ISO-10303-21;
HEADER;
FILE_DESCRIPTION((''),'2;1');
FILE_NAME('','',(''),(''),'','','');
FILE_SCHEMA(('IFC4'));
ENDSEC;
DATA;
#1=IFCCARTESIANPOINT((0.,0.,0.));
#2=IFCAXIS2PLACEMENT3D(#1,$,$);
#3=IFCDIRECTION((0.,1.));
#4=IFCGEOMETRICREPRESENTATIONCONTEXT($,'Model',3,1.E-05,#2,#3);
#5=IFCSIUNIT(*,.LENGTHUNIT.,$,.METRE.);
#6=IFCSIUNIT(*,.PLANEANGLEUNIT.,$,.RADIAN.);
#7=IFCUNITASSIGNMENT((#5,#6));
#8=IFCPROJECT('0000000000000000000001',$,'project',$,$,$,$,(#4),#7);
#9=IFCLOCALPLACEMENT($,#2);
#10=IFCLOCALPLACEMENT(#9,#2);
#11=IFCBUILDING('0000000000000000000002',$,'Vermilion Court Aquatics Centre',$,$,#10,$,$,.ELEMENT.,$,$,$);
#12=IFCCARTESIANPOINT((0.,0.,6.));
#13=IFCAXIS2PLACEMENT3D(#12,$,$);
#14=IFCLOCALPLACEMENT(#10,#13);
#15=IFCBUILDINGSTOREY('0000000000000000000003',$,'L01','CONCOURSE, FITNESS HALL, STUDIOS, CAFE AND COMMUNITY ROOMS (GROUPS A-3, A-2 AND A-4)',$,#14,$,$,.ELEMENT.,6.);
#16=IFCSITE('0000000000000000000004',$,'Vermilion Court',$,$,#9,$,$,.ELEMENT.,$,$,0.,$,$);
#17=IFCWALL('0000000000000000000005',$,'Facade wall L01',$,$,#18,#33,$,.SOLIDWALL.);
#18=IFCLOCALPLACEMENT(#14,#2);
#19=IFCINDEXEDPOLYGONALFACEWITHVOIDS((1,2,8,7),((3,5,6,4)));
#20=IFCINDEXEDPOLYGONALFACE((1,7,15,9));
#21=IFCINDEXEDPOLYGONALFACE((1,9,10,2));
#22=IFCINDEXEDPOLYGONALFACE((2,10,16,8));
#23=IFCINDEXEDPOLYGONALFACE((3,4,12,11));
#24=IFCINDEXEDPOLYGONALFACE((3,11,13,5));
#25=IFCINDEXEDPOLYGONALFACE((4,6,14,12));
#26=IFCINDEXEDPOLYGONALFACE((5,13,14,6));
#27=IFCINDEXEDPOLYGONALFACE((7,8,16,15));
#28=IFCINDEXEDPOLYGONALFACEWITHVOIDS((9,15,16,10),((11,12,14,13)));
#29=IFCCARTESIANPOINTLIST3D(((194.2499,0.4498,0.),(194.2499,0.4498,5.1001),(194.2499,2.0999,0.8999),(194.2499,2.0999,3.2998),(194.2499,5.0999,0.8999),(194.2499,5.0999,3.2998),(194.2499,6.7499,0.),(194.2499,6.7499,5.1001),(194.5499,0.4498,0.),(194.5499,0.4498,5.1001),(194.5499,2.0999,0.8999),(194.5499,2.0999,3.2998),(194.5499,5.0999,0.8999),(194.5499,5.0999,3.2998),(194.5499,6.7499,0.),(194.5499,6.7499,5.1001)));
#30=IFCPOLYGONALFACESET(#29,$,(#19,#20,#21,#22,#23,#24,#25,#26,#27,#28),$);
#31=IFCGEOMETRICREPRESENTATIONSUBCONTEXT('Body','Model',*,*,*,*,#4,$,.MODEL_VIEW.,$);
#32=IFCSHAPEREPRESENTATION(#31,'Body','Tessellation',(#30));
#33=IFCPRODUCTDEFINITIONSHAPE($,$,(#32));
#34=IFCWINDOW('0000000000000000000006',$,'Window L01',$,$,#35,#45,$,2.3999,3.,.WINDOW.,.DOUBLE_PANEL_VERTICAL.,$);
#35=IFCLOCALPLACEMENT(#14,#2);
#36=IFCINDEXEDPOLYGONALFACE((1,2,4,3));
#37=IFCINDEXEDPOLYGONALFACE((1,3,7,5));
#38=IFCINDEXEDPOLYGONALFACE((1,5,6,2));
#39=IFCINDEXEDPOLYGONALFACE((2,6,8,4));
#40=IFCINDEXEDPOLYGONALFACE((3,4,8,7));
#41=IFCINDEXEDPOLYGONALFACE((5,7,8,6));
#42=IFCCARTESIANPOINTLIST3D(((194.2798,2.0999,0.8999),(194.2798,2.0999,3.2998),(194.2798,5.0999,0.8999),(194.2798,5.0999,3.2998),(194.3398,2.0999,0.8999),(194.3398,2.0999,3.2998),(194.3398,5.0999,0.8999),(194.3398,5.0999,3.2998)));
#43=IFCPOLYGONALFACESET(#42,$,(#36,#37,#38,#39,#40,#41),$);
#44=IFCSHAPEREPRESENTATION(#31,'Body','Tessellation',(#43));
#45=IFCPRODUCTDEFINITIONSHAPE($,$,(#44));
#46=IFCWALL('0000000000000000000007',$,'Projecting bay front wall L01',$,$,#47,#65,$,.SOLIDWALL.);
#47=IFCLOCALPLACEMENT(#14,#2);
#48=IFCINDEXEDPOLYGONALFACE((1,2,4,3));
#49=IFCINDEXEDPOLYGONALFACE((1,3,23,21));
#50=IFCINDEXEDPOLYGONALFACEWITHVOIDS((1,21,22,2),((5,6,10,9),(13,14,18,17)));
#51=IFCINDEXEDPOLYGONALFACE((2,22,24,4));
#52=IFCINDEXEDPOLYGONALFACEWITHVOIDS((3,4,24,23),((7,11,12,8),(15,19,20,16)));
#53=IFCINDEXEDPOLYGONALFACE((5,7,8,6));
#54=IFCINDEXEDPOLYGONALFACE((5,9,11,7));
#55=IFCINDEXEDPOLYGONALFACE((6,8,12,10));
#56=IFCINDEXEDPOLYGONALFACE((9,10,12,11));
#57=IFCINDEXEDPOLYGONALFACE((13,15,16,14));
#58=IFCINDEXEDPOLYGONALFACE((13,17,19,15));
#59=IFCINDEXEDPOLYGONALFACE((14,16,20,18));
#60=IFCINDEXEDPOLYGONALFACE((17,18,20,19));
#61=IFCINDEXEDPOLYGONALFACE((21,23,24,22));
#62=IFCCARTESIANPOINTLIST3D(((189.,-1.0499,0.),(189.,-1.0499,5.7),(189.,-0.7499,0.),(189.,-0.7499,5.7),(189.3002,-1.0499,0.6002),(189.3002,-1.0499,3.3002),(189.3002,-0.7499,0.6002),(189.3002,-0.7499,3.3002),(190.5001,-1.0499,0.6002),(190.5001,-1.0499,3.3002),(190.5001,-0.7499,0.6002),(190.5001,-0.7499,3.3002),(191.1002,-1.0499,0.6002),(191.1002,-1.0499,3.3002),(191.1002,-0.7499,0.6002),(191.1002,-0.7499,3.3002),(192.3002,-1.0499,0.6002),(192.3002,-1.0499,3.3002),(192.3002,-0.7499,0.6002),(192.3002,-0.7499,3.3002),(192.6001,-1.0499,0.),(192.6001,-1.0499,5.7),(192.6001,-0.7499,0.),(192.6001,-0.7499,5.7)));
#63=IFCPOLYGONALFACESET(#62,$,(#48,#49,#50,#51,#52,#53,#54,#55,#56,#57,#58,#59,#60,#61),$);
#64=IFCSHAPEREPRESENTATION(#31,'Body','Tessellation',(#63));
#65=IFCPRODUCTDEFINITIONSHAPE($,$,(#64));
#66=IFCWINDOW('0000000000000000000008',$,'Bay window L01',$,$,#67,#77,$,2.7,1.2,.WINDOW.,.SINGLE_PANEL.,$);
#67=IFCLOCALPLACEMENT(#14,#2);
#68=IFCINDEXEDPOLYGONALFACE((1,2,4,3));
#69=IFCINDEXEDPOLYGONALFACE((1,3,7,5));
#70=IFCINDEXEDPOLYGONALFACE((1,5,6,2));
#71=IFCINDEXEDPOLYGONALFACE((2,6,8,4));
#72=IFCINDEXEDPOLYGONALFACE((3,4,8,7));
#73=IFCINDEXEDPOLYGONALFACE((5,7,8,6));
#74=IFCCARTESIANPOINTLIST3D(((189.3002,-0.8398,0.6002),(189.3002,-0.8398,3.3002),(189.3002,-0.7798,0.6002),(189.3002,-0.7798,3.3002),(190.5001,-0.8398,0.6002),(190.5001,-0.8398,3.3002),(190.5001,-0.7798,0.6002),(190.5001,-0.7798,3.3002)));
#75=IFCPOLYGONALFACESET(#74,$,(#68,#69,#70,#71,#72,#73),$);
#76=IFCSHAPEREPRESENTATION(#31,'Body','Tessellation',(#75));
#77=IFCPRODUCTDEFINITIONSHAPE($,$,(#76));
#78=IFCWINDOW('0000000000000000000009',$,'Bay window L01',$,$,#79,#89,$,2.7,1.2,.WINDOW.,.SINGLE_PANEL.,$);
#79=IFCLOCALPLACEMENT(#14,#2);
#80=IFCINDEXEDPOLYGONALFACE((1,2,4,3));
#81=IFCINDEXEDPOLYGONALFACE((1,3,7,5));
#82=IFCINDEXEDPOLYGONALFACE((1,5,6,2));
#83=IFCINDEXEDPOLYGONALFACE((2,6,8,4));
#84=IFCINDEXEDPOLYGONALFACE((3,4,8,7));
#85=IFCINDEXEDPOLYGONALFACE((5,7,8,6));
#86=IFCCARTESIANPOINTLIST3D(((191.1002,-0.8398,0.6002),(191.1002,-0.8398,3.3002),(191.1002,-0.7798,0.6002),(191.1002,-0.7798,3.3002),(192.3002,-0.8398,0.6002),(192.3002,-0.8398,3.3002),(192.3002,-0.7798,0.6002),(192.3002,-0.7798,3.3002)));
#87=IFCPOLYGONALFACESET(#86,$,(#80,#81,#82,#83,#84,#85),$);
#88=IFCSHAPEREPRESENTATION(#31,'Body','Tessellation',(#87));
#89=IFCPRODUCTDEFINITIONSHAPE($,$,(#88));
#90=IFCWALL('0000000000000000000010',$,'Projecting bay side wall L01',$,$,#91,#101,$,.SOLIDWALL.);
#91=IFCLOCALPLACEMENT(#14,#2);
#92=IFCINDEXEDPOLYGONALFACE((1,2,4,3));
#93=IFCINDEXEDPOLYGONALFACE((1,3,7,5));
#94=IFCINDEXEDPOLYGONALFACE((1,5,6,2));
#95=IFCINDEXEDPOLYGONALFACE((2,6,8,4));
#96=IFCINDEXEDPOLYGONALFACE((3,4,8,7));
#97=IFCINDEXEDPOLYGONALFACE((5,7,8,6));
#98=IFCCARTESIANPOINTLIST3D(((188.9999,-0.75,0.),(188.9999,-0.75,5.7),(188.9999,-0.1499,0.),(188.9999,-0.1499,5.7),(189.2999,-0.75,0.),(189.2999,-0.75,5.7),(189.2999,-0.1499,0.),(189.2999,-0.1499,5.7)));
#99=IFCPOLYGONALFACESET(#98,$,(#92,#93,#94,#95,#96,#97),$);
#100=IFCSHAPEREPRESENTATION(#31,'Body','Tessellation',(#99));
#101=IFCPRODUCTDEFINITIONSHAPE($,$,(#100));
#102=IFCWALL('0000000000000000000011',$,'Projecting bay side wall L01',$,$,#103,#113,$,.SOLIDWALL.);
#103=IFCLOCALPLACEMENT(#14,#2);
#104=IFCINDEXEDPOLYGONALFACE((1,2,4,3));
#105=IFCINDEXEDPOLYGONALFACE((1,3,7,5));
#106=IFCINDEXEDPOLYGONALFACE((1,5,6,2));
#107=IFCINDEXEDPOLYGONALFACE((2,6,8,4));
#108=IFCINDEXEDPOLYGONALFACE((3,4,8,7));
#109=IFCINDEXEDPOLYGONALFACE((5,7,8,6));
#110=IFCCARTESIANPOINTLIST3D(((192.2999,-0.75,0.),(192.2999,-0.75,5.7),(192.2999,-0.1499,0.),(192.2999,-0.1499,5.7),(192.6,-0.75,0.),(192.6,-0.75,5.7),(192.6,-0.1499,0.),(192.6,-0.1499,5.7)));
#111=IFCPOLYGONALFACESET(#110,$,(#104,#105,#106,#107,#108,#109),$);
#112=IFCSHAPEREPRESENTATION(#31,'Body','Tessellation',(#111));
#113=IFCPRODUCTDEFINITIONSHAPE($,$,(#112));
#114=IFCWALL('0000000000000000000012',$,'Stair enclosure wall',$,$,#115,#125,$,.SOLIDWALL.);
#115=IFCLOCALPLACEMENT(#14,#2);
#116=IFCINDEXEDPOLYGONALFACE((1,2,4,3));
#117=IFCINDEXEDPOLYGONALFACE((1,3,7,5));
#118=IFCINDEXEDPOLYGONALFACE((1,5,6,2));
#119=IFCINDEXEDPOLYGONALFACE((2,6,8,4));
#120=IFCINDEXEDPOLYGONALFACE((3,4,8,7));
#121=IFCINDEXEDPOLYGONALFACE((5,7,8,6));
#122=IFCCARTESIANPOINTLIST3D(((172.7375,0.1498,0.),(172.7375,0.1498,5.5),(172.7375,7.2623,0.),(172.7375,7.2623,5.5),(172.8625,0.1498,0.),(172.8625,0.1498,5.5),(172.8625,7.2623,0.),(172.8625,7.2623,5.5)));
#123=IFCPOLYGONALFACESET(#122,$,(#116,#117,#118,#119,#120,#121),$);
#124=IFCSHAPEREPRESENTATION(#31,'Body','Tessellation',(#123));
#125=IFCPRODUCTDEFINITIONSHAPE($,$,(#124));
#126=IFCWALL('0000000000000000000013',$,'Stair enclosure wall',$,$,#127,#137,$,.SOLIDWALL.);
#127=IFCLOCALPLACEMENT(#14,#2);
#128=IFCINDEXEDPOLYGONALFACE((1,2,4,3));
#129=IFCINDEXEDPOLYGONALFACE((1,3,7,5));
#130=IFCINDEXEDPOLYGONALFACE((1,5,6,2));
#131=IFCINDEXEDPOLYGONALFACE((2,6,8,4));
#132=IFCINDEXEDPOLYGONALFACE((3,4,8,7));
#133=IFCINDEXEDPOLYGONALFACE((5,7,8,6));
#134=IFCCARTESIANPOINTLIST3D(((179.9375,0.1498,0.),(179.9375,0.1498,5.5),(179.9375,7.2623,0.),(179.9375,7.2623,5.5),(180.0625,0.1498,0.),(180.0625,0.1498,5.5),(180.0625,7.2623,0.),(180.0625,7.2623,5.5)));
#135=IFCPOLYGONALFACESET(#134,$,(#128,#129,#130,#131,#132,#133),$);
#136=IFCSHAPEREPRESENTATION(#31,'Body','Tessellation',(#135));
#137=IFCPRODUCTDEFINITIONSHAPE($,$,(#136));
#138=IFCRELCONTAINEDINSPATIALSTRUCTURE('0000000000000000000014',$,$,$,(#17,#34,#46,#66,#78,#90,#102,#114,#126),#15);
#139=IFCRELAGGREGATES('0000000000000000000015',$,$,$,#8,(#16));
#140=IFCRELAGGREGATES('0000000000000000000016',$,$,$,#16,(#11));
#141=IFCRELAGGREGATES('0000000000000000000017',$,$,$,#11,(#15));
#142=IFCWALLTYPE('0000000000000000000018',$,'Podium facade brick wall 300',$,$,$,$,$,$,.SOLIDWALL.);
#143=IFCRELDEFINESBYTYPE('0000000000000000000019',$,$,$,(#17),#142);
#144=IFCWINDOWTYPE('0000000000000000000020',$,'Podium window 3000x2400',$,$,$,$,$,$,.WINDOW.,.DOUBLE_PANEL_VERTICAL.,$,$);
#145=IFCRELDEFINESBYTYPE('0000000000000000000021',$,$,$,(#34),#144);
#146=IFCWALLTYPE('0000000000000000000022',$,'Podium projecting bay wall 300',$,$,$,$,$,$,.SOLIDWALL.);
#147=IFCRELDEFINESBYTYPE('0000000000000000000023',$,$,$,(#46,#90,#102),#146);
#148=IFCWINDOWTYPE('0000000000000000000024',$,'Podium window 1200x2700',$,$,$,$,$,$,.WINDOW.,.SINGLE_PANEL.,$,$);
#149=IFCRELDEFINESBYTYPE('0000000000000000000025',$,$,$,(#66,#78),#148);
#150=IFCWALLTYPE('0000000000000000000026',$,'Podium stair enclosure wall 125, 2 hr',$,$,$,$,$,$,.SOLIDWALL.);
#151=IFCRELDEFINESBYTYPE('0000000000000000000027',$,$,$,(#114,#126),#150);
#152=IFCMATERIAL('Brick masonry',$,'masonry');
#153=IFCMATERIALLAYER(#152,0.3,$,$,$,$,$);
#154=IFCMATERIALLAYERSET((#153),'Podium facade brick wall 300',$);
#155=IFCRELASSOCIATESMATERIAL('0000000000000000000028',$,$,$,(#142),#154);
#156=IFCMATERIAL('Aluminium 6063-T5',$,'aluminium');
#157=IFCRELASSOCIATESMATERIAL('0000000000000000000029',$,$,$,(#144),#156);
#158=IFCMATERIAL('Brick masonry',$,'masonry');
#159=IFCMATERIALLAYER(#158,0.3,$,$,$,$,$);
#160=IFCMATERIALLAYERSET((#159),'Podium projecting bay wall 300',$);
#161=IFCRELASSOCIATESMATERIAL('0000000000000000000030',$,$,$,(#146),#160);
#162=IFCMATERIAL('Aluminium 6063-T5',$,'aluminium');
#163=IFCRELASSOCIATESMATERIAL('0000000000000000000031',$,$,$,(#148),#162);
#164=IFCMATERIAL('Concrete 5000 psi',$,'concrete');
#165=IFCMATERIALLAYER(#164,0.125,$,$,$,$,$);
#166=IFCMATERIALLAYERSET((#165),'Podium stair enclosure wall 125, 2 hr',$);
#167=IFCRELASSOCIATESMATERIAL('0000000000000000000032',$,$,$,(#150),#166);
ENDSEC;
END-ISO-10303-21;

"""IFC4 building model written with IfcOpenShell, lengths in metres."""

from ifc_helpers import new_model, si_unit, direction, frame, frame_2d, origin, place, context, subcontext, project, spatial, rectangle, extrude, material, layer, layer_set, type_object, element, fill, save


model = new_model("IFC4")

# Units and contexts
model_context = context("Model", 3, precision=1e-05, world=origin(), true_north=direction((0.0, 1.0)))
body_context = subcontext(model_context, "Body", "Model", "MODEL_VIEW")
ifc_project = project(units=[si_unit("LENGTHUNIT", "METRE"), si_unit("PLANEANGLEUNIT", "RADIAN")], contexts=[model_context])

# Site, building, storey
site_placement = place(None, origin())
site = spatial("IfcSite", under=ifc_project, at=site_placement, Name="Vermilion Court", CompositionType="ELEMENT", RefElevation=0.0)
building_placement = place(site_placement, origin())
building = spatial("IfcBuilding", under=site, at=building_placement, Name="Vermilion Court Aquatics Centre", CompositionType="ELEMENT")
storey_placement = place(building_placement, frame((0.0, 0.0, 6.0)))
storey = spatial("IfcBuildingStorey", under=building, at=storey_placement, Name="L01", Description="CONCOURSE, FITNESS HALL, STUDIOS, CAFE AND COMMUNITY ROOMS (GROUPS A-3, A-2 AND A-4)", CompositionType="ELEMENT", Elevation=6.0)

# Shared definitions
ifc_material_1 = material(Name="Brick masonry", Category="masonry")
ifc_layer_1 = layer(ifc_material_1, 0.3)
ifc_layer_set_1 = layer_set([ifc_layer_1], Name="Podium facade brick wall 300")
wall_type_1 = type_object("IfcWallType", Name="Podium facade brick wall 300", PredefinedType="SOLIDWALL", material=ifc_layer_set_1)

# Shared definitions
ifc_material_2 = material(Name="Aluminium 6063-T5", Category="aluminium")
window_type_1 = type_object("IfcWindowType", Name="Podium window 3000x2400", PartitioningType="DOUBLE_PANEL_VERTICAL", PredefinedType="WINDOW", material=ifc_material_2)

# Wall, opening, window
wall_1_placement = place(storey_placement, frame((194.3999, 0.45, 0.0), z_axis=(0.0, 0.0, 1.0), x_axis=(0.0, 1.0, 0.0)))
wall_1 = element("IfcWall", 1, at=wall_1_placement, inside=storey, type_object=wall_type_1, Name="Facade wall L01", PredefinedType="SOLIDWALL", context=body_context, shape_type="SweptSolid", body=[
    extrude(rectangle(XDim=6.3, YDim=0.3, at=frame_2d((3.1499, 0.0))), origin(), (0.0, 0.0, 1.0), 5.1001),
])
opening_1_placement = place(wall_1_placement, frame((1.6499, 0.0, 0.8999)))
opening_1 = element("IfcOpeningElement", 2, at=opening_1_placement, cuts=wall_1, PredefinedType="OPENING", context=body_context, shape_type="SweptSolid", body=[
    extrude(rectangle(XDim=3.0, YDim=2.3999, at=frame_2d((1.5, 1.2))), frame((0.0, 0.1599, 0.0), z_axis=(0.0, -1.0, 0.0), x_axis=(1.0, 0.0, 0.0)), (0.0, 0.0, 1.0), 0.3201),
])
window_1_placement = place(opening_1_placement, origin())
window_1 = element("IfcWindow", 3, at=window_1_placement, inside=storey, type_object=window_type_1, Name="Window L01", OverallHeight=2.3999, OverallWidth=3.0, PartitioningType="DOUBLE_PANEL_VERTICAL", PredefinedType="WINDOW", context=body_context, shape_type="SweptSolid", body=[
    extrude(rectangle(XDim=3.0, YDim=2.3999, at=frame_2d((1.5, 1.2))), frame((0.0, 0.1201, 0.0), z_axis=(0.0, -1.0, 0.0), x_axis=(1.0, 0.0, 0.0)), (0.0, 0.0, 1.0), 0.0601),
])
fill(opening_1, window_1)

# Wall, openings, windows
ifc_material_3 = material(Name="Brick masonry", Category="masonry")
ifc_layer_2 = layer(ifc_material_3, 0.3)
ifc_layer_set_2 = layer_set([ifc_layer_2], Name="Podium projecting bay wall 300")
wall_type_2 = type_object("IfcWallType", Name="Podium projecting bay wall 300", PredefinedType="SOLIDWALL", material=ifc_layer_set_2)
wall_2_placement = place(storey_placement, frame((189.0, -0.8999, 0.0), z_axis=(0.0, 0.0, 1.0), x_axis=(1.0, 0.0, 0.0)))
wall_2 = element("IfcWall", 4, at=wall_2_placement, inside=storey, type_object=wall_type_2, Name="Projecting bay front wall L01", PredefinedType="SOLIDWALL", context=body_context, shape_type="SweptSolid", body=[
    extrude(rectangle(XDim=3.6001, YDim=0.3, at=frame_2d((1.8, 0.0))), origin(), (0.0, 0.0, 1.0), 5.7),
])
opening_2_placement = place(wall_2_placement, frame((0.3, 0.0, 0.6001)))
opening_2 = element("IfcOpeningElement", 5, at=opening_2_placement, cuts=wall_2, PredefinedType="OPENING", context=body_context, shape_type="SweptSolid", body=[
    extrude(rectangle(XDim=1.2, YDim=2.7, at=frame_2d((0.6001, 1.3501))), frame((0.0, 0.1599, 0.0), z_axis=(0.0, -1.0, 0.0), x_axis=(1.0, 0.0, 0.0)), (0.0, 0.0, 1.0), 0.3201),
])
opening_3_placement = place(wall_2_placement, frame((2.1001, 0.0, 0.6001)))
opening_3 = element("IfcOpeningElement", 6, at=opening_3_placement, cuts=wall_2, PredefinedType="OPENING", context=body_context, shape_type="SweptSolid", body=[
    extrude(rectangle(XDim=1.2, YDim=2.7, at=frame_2d((0.6001, 1.3501))), frame((0.0, 0.1599, 0.0), z_axis=(0.0, -1.0, 0.0), x_axis=(1.0, 0.0, 0.0)), (0.0, 0.0, 1.0), 0.3201),
])
ifc_material_4 = material(Name="Aluminium 6063-T5", Category="aluminium")
window_type_2 = type_object("IfcWindowType", Name="Podium window 1200x2700", PartitioningType="SINGLE_PANEL", PredefinedType="WINDOW", material=ifc_material_4)
window_2_placement = place(opening_2_placement, origin())
window_2 = element("IfcWindow", 7, at=window_2_placement, inside=storey, type_object=window_type_2, Name="Bay window L01", OverallHeight=2.7, OverallWidth=1.2, PartitioningType="SINGLE_PANEL", PredefinedType="WINDOW", context=body_context, shape_type="SweptSolid", body=[
    extrude(rectangle(XDim=1.2, YDim=2.7, at=frame_2d((0.6001, 1.3501))), frame((0.0, 0.1201, 0.0), z_axis=(0.0, -1.0, 0.0), x_axis=(1.0, 0.0, 0.0)), (0.0, 0.0, 1.0), 0.0601),
])
fill(opening_2, window_2)
window_3_placement = place(opening_3_placement, origin())
window_3 = element("IfcWindow", 8, at=window_3_placement, inside=storey, type_object=window_type_2, Name="Bay window L01", OverallHeight=2.7, OverallWidth=1.2, PartitioningType="SINGLE_PANEL", PredefinedType="WINDOW", context=body_context, shape_type="SweptSolid", body=[
    extrude(rectangle(XDim=1.2, YDim=2.7, at=frame_2d((0.6001, 1.3501))), frame((0.0, 0.1201, 0.0), z_axis=(0.0, -1.0, 0.0), x_axis=(1.0, 0.0, 0.0)), (0.0, 0.0, 1.0), 0.0601),
])
fill(opening_3, window_3)

# Walls
for number, where, z_axis, x_axis, name in (
    (9, (189.1499, -0.75, 0.0), (0.0, 0.0, 1.0), (0.0, 1.0, 0.0), "Projecting bay side wall L01"),
    (10, (192.45, -0.75, 0.0), (0.0, 0.0, 1.0), (0.0, 1.0, 0.0), "Projecting bay side wall L01"),
):
    element("IfcWall", number, at=place(storey_placement, frame(where, z_axis=z_axis, x_axis=x_axis)), inside=storey, type_object=wall_type_2, Name=name, PredefinedType="SOLIDWALL", context=body_context, shape_type="SweptSolid", body=[
        extrude(rectangle(XDim=0.6001, YDim=0.3, at=frame_2d((0.3, 0.0))), origin(), (0.0, 0.0, 1.0), 5.7),
    ])
ifc_material_5 = material(Name="Concrete 5000 psi", Category="concrete")
ifc_layer_3 = layer(ifc_material_5, 0.125)
ifc_layer_set_3 = layer_set([ifc_layer_3], Name="Podium stair enclosure wall 125, 2 hr")
wall_type_3 = type_object("IfcWallType", Name="Podium stair enclosure wall 125, 2 hr", PredefinedType="SOLIDWALL", material=ifc_layer_set_3)
for number, where, z_axis, x_axis, name in (
    (11, (172.8, 0.1499, 0.0), (0.0, 0.0, 1.0), (0.0, 1.0, 0.0), "Stair enclosure wall"),
    (12, (180.0, 0.1499, 0.0), (0.0, 0.0, 1.0), (0.0, 1.0, 0.0), "Stair enclosure wall"),
):
    element("IfcWall", number, at=place(storey_placement, frame(where, z_axis=z_axis, x_axis=x_axis)), inside=storey, type_object=wall_type_3, Name=name, PredefinedType="SOLIDWALL", context=body_context, shape_type="SweptSolid", body=[
        extrude(rectangle(XDim=7.1125, YDim=0.125, at=frame_2d((3.5562, 0.0))), origin(), (0.0, 0.0, 1.0), 5.5),
    ])

save(model, "model.ifc")
